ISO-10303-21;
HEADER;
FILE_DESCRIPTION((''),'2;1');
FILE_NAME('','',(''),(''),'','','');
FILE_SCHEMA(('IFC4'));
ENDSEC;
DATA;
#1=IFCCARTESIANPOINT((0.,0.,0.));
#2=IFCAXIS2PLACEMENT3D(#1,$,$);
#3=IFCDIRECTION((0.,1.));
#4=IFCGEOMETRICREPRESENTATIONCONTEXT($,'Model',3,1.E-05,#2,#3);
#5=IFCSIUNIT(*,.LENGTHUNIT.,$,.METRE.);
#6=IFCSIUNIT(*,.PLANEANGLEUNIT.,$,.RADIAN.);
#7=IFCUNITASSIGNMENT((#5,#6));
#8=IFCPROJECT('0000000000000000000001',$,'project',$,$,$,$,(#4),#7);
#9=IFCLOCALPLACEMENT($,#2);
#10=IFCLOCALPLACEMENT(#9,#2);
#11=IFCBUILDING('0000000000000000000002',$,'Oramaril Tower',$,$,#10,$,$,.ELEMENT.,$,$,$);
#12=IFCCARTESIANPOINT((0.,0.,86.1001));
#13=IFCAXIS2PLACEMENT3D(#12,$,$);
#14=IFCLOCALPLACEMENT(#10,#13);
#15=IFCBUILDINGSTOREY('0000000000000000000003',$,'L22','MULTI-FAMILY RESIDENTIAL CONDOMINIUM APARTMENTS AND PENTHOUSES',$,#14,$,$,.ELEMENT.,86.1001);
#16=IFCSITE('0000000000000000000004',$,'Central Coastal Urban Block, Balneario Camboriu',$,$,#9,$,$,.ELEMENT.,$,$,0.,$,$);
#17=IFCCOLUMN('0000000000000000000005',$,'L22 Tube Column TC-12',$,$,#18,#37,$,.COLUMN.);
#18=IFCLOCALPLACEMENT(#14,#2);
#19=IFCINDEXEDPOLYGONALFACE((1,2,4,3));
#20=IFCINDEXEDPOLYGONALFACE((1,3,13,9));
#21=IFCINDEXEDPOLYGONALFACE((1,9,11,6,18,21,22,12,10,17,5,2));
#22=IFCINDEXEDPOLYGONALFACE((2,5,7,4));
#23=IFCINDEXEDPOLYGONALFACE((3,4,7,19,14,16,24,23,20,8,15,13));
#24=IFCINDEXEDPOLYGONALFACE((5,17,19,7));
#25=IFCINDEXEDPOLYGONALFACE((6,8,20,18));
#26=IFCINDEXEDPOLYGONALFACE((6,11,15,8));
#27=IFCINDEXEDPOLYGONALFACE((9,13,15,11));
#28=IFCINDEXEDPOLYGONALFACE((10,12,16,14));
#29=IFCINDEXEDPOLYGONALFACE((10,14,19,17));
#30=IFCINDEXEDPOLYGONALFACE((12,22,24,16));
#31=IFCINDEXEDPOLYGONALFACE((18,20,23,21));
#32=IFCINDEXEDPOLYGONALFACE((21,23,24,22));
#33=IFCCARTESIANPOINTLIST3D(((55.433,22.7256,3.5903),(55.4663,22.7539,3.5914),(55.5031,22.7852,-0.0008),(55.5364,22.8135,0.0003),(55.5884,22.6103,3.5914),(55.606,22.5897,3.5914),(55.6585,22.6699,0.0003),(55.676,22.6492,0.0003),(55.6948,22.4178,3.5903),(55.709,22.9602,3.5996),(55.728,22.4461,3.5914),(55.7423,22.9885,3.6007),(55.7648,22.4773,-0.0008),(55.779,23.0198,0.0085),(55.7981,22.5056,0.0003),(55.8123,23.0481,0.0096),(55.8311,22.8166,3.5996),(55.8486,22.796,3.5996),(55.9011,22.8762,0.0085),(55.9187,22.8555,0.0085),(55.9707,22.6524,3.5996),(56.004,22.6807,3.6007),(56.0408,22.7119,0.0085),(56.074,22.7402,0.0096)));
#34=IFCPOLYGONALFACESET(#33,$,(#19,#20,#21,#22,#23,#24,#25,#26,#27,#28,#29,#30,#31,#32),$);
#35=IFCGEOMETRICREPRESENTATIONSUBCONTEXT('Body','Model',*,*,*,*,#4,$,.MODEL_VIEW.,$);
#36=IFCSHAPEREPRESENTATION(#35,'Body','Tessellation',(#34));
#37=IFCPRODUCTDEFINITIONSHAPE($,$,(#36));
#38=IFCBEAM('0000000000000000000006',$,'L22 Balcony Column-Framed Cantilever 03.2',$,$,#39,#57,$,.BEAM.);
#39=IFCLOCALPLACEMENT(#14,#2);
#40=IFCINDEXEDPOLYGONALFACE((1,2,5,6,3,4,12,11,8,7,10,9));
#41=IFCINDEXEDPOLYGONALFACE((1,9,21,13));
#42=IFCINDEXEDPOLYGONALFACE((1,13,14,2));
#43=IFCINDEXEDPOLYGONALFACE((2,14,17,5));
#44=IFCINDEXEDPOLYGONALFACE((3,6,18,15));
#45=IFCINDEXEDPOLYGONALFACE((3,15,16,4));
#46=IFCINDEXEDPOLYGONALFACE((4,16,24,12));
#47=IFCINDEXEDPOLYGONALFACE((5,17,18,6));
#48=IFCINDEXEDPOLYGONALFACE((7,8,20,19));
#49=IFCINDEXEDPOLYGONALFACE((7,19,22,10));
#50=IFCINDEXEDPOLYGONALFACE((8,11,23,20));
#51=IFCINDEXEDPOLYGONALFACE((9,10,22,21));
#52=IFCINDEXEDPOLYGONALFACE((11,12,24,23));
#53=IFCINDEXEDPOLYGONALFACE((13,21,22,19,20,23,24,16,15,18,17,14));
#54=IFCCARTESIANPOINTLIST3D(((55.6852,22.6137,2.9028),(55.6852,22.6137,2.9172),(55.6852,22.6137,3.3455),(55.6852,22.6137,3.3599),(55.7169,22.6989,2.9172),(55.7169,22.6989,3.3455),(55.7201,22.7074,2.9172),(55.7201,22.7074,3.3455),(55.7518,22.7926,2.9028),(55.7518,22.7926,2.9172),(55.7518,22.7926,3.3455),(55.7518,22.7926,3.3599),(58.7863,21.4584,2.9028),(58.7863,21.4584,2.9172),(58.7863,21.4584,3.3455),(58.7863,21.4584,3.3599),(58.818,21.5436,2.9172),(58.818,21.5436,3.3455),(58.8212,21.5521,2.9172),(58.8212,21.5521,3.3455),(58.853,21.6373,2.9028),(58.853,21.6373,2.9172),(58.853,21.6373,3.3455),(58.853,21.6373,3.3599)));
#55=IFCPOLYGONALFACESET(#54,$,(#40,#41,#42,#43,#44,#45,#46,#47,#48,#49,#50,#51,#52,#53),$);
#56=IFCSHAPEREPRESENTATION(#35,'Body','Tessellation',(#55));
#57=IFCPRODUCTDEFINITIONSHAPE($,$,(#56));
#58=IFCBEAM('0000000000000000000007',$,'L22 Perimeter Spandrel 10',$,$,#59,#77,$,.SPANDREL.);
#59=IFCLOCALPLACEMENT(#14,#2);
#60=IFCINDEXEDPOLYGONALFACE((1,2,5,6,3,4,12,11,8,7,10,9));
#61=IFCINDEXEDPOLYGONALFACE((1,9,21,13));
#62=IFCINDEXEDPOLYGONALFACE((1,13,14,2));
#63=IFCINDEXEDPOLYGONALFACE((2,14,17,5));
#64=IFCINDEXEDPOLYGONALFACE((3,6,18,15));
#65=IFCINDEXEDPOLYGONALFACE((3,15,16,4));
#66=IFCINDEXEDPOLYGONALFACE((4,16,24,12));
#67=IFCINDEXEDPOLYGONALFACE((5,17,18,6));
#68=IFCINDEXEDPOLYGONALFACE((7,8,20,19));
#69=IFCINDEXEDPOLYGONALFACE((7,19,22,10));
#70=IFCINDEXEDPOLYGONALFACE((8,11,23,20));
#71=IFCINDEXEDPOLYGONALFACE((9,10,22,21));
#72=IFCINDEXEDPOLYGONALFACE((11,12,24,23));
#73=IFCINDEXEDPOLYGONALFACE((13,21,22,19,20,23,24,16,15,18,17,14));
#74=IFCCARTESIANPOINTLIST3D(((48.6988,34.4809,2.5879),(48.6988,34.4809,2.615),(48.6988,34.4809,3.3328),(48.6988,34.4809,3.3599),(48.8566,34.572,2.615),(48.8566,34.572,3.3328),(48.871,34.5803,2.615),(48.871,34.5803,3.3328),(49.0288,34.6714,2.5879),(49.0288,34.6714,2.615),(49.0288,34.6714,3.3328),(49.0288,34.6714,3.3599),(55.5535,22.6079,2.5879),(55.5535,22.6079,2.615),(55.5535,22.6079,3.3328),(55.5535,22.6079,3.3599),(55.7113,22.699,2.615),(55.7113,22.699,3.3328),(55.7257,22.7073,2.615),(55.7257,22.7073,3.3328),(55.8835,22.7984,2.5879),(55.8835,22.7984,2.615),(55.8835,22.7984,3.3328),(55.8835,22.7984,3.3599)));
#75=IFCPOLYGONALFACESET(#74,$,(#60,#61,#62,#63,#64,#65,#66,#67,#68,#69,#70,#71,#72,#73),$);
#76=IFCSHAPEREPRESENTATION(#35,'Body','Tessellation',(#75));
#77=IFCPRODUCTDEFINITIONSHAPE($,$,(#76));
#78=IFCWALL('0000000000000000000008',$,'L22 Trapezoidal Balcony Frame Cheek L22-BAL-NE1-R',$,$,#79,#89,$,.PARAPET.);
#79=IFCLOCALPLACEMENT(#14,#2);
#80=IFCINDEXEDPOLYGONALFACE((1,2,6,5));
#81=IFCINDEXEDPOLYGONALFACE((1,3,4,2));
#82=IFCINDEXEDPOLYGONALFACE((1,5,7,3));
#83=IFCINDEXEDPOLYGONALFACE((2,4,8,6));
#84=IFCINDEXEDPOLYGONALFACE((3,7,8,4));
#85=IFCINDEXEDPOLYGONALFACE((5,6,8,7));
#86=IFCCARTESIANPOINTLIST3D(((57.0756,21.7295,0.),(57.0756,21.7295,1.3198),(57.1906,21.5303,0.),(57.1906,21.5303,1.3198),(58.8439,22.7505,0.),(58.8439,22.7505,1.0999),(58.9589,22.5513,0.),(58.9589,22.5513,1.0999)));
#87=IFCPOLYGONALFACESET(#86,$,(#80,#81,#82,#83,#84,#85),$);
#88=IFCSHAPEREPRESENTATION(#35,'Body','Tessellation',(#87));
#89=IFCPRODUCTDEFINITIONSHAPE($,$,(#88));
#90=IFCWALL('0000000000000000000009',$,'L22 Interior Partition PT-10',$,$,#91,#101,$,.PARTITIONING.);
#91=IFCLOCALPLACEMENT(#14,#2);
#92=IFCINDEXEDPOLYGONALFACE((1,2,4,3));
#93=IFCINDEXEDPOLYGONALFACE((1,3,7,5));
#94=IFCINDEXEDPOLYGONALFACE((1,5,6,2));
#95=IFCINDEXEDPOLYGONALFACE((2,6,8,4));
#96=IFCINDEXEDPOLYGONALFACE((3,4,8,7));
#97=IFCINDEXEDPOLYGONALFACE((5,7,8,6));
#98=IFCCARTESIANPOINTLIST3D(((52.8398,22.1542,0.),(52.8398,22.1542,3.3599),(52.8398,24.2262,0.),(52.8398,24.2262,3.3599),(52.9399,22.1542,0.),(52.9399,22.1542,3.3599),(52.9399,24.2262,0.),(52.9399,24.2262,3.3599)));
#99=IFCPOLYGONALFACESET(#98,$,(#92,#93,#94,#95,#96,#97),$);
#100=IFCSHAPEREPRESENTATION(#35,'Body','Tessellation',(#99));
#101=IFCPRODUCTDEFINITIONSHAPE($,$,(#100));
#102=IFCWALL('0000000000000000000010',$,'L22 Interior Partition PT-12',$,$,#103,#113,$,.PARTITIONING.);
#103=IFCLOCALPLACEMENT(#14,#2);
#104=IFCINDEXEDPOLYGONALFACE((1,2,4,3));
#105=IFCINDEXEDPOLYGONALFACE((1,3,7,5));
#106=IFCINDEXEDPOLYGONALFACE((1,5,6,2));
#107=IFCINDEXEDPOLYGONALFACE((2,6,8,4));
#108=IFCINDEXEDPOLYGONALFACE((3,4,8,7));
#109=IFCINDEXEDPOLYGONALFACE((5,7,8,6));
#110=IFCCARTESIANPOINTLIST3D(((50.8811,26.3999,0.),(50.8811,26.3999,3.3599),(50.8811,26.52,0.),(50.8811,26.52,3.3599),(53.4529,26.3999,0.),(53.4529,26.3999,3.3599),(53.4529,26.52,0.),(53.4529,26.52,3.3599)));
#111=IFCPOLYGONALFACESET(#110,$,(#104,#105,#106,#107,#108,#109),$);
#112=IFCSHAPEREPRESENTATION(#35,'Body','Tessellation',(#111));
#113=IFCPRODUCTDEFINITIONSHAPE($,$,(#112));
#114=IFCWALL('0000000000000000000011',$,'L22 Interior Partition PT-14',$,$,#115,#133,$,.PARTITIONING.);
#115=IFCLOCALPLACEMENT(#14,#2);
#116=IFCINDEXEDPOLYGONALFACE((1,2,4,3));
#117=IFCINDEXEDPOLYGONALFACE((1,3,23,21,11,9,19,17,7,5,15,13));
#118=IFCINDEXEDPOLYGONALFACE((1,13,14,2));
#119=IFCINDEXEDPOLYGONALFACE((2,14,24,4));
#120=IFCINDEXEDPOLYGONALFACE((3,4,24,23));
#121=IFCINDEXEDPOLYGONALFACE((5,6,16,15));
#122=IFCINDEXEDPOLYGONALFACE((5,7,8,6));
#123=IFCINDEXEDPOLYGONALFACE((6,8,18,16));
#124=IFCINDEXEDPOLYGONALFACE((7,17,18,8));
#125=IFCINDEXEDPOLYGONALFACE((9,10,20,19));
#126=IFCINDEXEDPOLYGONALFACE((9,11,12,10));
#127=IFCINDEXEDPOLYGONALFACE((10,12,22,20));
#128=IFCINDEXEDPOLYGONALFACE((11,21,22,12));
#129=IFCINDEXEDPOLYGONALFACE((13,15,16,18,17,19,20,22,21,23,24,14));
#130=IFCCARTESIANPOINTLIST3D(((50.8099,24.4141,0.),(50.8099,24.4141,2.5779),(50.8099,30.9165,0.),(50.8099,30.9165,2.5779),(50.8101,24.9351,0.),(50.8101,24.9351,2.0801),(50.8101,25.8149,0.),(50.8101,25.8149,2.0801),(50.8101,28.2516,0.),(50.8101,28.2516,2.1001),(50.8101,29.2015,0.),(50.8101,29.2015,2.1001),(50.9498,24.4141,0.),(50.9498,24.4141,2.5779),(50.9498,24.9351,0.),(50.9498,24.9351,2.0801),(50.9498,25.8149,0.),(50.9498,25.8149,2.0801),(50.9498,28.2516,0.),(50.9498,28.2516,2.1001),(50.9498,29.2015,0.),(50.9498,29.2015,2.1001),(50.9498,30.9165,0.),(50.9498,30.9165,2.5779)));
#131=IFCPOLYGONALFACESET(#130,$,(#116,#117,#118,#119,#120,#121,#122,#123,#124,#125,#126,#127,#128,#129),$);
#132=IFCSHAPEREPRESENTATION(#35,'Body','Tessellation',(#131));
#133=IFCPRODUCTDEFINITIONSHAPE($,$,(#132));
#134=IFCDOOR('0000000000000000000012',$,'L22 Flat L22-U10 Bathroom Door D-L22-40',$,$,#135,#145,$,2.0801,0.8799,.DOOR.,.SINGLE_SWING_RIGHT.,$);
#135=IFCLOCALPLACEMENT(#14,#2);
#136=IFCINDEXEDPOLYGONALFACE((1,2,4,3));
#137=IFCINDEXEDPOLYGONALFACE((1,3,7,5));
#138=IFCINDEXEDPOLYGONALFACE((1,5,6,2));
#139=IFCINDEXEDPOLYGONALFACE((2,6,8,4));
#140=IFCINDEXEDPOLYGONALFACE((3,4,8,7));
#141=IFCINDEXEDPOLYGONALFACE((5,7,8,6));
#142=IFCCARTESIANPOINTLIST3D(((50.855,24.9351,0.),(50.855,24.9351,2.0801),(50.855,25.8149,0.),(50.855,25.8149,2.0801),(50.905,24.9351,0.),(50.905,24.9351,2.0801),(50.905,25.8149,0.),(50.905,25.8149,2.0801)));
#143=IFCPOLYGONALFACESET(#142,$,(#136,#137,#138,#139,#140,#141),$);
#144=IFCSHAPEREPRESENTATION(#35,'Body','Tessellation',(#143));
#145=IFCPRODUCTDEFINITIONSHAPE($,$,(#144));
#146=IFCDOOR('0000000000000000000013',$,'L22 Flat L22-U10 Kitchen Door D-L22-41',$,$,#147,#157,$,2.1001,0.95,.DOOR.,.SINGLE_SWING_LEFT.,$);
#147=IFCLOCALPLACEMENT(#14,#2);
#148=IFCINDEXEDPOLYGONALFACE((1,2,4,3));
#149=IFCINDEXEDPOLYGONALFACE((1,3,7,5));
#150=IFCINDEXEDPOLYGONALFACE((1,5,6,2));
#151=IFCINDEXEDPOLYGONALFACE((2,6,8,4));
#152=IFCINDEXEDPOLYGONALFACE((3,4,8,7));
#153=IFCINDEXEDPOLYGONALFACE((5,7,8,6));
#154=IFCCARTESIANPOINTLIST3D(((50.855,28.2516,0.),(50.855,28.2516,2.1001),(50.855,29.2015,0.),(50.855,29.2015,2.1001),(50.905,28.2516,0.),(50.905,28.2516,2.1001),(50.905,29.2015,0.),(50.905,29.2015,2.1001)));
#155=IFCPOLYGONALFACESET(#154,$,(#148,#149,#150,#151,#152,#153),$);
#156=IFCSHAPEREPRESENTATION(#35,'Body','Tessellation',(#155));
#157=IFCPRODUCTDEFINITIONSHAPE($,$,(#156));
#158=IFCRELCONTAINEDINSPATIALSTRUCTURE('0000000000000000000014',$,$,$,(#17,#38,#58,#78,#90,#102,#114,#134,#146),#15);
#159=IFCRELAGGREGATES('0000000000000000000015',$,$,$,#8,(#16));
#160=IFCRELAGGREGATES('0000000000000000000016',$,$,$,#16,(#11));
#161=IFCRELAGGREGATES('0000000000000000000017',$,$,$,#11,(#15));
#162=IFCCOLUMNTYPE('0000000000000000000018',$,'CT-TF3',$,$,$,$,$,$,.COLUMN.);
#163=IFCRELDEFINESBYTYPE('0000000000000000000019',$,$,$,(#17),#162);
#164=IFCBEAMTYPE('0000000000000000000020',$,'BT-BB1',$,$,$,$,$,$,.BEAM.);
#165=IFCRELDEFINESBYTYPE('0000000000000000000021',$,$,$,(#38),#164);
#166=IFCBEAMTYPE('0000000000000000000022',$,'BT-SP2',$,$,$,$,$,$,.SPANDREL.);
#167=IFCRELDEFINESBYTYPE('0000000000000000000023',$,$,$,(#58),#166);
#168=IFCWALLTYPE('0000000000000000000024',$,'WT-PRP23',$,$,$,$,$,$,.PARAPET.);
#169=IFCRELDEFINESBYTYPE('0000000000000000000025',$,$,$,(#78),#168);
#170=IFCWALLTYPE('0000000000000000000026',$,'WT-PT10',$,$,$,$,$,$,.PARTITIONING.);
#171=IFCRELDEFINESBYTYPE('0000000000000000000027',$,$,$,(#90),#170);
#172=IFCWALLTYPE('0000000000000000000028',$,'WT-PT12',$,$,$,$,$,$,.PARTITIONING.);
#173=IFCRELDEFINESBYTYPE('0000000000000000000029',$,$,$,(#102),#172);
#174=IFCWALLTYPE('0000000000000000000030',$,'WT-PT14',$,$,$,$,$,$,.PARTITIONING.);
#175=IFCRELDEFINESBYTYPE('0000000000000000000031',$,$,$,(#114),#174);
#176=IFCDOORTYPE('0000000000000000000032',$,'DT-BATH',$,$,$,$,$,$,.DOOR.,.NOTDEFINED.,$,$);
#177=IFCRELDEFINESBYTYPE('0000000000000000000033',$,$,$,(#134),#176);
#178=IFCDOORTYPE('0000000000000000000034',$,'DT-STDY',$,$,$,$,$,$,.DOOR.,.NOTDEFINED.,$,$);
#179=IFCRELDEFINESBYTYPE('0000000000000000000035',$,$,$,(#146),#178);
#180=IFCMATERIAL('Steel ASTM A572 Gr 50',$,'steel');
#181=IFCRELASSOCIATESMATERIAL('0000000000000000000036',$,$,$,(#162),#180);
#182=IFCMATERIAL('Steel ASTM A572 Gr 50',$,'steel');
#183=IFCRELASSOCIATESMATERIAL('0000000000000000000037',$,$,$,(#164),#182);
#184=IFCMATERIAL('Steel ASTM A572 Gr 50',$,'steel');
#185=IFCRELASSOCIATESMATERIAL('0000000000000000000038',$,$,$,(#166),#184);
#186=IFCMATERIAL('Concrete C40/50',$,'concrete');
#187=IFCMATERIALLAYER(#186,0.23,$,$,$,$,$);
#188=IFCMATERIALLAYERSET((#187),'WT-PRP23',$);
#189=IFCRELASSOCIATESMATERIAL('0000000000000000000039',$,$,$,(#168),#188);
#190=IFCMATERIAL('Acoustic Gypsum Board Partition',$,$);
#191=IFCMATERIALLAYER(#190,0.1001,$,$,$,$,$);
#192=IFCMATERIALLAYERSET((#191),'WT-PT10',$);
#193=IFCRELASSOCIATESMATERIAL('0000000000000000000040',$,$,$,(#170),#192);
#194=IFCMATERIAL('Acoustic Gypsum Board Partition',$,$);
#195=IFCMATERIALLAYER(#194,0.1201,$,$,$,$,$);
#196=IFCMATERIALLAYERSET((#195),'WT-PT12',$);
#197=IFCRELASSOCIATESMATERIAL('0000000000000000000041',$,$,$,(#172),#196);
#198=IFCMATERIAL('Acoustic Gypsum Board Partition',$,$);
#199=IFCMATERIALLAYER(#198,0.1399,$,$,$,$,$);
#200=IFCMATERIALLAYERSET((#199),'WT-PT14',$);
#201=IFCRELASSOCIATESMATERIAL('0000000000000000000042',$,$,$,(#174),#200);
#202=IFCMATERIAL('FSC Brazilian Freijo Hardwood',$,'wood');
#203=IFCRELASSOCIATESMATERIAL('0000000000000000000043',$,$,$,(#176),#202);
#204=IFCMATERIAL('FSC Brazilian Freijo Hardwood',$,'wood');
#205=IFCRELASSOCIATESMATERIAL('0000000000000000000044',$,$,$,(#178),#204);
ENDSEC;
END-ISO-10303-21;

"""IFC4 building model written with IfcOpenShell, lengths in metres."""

from ifc_helpers import new_model, si_unit, direction, frame, frame_2d, origin, origin_2d, place, context, subcontext, project, spatial, polyline, rectangle, i_section, outline, extrude, material, layer, layer_set, material_profile, profile_set, type_object, element, fill, save


model = new_model("IFC4")

# Units and contexts
model_context = context("Model", 3, precision=1e-05, world=origin(), true_north=direction((0.0, 1.0)))
body_context = subcontext(model_context, "Body", "Model", "MODEL_VIEW")
ifc_project = project(units=[si_unit("LENGTHUNIT", "METRE"), si_unit("PLANEANGLEUNIT", "RADIAN")], contexts=[model_context])

# Site, building, storey
site_placement = place(None, origin())
site = spatial("IfcSite", under=ifc_project, at=site_placement, Name="Central Coastal Urban Block, Balneario Camboriu", CompositionType="ELEMENT", RefElevation=0.0)
building_placement = place(site_placement, origin())
building = spatial("IfcBuilding", under=site, at=building_placement, Name="Oramaril Tower", CompositionType="ELEMENT")
storey_placement = place(building_placement, frame((0.0, 0.0, 86.1001)))
storey = spatial("IfcBuildingStorey", under=building, at=storey_placement, Name="L22", Description="MULTI-FAMILY RESIDENTIAL CONDOMINIUM APARTMENTS AND PENTHOUSES", CompositionType="ELEMENT", Elevation=86.1001)

# Column
ifc_material_1 = material(Name="Steel ASTM A572 Gr 50", Category="steel")
ifc_material_profile_1 = material_profile(ifc_material_1, i_section(OverallWidth=0.4041, OverallDepth=0.406, WebThickness=0.0271, FlangeThickness=0.0437, at=origin_2d()), Name="W14X233")
ifc_profile_set_1 = profile_set([ifc_material_profile_1], Name="Steel ASTM A572 Gr 50")
column_type = type_object("IfcColumnType", Name="CT-TF3", PredefinedType="COLUMN", material=ifc_profile_set_1)
column_placement = place(storey_placement, frame((55.7886, 22.7627, 0.0044), z_axis=(-0.019505, -0.016583, 0.999672), x_axis=(0.647725, -0.761874, 0.0)))
element("IfcColumn", 1, at=column_placement, inside=storey, type_object=column_type, Name="L22 Tube Column TC-12", PredefinedType="COLUMN", context=body_context, shape_type="SweptSolid", body=[
    extrude(i_section(OverallWidth=0.4041, OverallDepth=0.406, WebThickness=0.0271, FlangeThickness=0.0437, at=origin_2d()), origin(), (0.0, 0.0, 1.0), 3.5923),
])

# Beams
ifc_material_2 = material(Name="Steel ASTM A572 Gr 50", Category="steel")
ifc_material_profile_2 = material_profile(ifc_material_2, i_section(OverallWidth=0.1909, OverallDepth=0.457, WebThickness=0.009, FlangeThickness=0.0144, at=origin_2d()), Name="W18X50")
ifc_profile_set_2 = profile_set([ifc_material_profile_2], Name="Steel ASTM A572 Gr 50")
beam_type_1 = type_object("IfcBeamType", Name="BT-BB1", PredefinedType="BEAM", material=ifc_profile_set_2)
beam_1_placement = place(storey_placement, frame((55.7185, 22.7031, 3.1313), z_axis=(0.937085, -0.349101, 0.0), x_axis=(0.349101, 0.937085, 0.0)))
element("IfcBeam", 2, at=beam_1_placement, inside=storey, type_object=beam_type_1, Name="L22 Balcony Column-Framed Cantilever 03.2", PredefinedType="BEAM", context=body_context, shape_type="SweptSolid", body=[
    extrude(i_section(OverallWidth=0.1909, OverallDepth=0.457, WebThickness=0.009, FlangeThickness=0.0144, at=origin_2d()), origin(), (0.0, 0.0, 1.0), 3.3093),
])
ifc_material_3 = material(Name="Steel ASTM A572 Gr 50", Category="steel")
ifc_material_profile_3 = material_profile(ifc_material_3, i_section(OverallWidth=0.3811, OverallDepth=0.772, WebThickness=0.0166, FlangeThickness=0.0271, at=origin_2d()), Name="W30X173")
ifc_profile_set_3 = profile_set([ifc_material_profile_3], Name="Steel ASTM A572 Gr 50")
beam_type_2 = type_object("IfcBeamType", Name="BT-SP2", PredefinedType="SPANDREL", material=ifc_profile_set_3)
beam_2_placement = place(storey_placement, frame((55.7185, 22.7031, 2.9739), z_axis=(-0.499991, 0.866031, 0.0), x_axis=(-0.866031, -0.499991, 0.0)))
element("IfcBeam", 3, at=beam_2_placement, inside=storey, type_object=beam_type_2, Name="L22 Perimeter Spandrel 10", PredefinedType="SPANDREL", context=body_context, shape_type="SweptSolid", body=[
    extrude(i_section(OverallWidth=0.3811, OverallDepth=0.772, WebThickness=0.0166, FlangeThickness=0.0271, at=origin_2d()), origin(), (0.0, 0.0, 1.0), 13.7097),
])

# Walls
ifc_material_4 = material(Name="Concrete C40/50", Category="concrete")
ifc_layer_1 = layer(ifc_material_4, 0.23)
ifc_layer_set_1 = layer_set([ifc_layer_1], Name="WT-PRP23")
wall_type_1 = type_object("IfcWallType", Name="WT-PRP23", PredefinedType="PARAPET", material=ifc_layer_set_1)
wall_1_placement = place(storey_placement, frame((57.1331, 21.6299, 0.0), z_axis=(0.0, 0.0, 1.0), x_axis=(0.866012, 0.500023, 0.0)))
element("IfcWall", 4, at=wall_1_placement, inside=storey, type_object=wall_type_1, Name="L22 Trapezoidal Balcony Frame Cheek L22-BAL-NE1-R", PredefinedType="PARAPET", context=body_context, shape_type="SweptSolid", body=[
    extrude(outline(polyline([(0.0, 0.0), (2.042, 0.0), (2.042, 1.0999), (0.0, 1.3198), (0.0, 0.0)])), frame((0.0, 0.115, 0.0), z_axis=(0.0, -1.0, 0.0), x_axis=(1.0, 0.0, 0.0)), (0.0, 0.0, 1.0), 0.23),
])
ifc_material_5 = material(Name="Acoustic Gypsum Board Partition")
ifc_layer_2 = layer(ifc_material_5, 0.1001)
ifc_layer_set_2 = layer_set([ifc_layer_2], Name="WT-PT10")
wall_type_2 = type_object("IfcWallType", Name="WT-PT10", PredefinedType="PARTITIONING", material=ifc_layer_set_2)
wall_2_placement = place(storey_placement, frame((52.8899, 22.1541, 0.0), z_axis=(0.0, 0.0, 1.0), x_axis=(0.0, 1.0, 0.0)))
element("IfcWall", 5, at=wall_2_placement, inside=storey, type_object=wall_type_2, Name="L22 Interior Partition PT-10", PredefinedType="PARTITIONING", context=body_context, shape_type="SweptSolid", body=[
    extrude(rectangle(XDim=2.072, YDim=0.1001, at=frame_2d((1.0361, 0.0))), origin(), (0.0, 0.0, 1.0), 3.3599),
])
ifc_material_6 = material(Name="Acoustic Gypsum Board Partition")
ifc_layer_3 = layer(ifc_material_6, 0.1201)
ifc_layer_set_3 = layer_set([ifc_layer_3], Name="WT-PT12")
wall_type_3 = type_object("IfcWallType", Name="WT-PT12", PredefinedType="PARTITIONING", material=ifc_layer_set_3)
wall_3_placement = place(storey_placement, frame((50.8811, 26.46, 0.0), z_axis=(0.0, 0.0, 1.0), x_axis=(1.0, 0.0, 0.0)))
element("IfcWall", 6, at=wall_3_placement, inside=storey, type_object=wall_type_3, Name="L22 Interior Partition PT-12", PredefinedType="PARTITIONING", context=body_context, shape_type="SweptSolid", body=[
    extrude(rectangle(XDim=2.5718, YDim=0.1201, at=frame_2d((1.2859, 0.0))), origin(), (0.0, 0.0, 1.0), 3.3599),
])

# Wall, openings, doors
ifc_material_7 = material(Name="Acoustic Gypsum Board Partition")
ifc_layer_4 = layer(ifc_material_7, 0.1399)
ifc_layer_set_4 = layer_set([ifc_layer_4], Name="WT-PT14")
wall_type_4 = type_object("IfcWallType", Name="WT-PT14", PredefinedType="PARTITIONING", material=ifc_layer_set_4)
wall_4_placement = place(storey_placement, frame((50.8799, 24.4141, 0.0), z_axis=(0.0, 0.0, 1.0), x_axis=(0.0, 1.0, 0.0)))
wall_4 = element("IfcWall", 7, at=wall_4_placement, inside=storey, type_object=wall_type_4, Name="L22 Interior Partition PT-14", PredefinedType="PARTITIONING", context=body_context, shape_type="SweptSolid", body=[
    extrude(rectangle(XDim=6.5024, YDim=0.1399, at=frame_2d((3.2512, 0.0))), origin(), (0.0, 0.0, 1.0), 2.5779),
])
opening_1_placement = place(wall_4_placement, frame((0.521, 0.0, 0.0)))
opening_1 = element("IfcOpeningElement", 8, at=opening_1_placement, cuts=wall_4, PredefinedType="OPENING", context=body_context, shape_type="SweptSolid", body=[
    extrude(rectangle(XDim=0.8799, YDim=2.0801, at=frame_2d((0.4399, 1.04))), frame((0.0, 0.0698, 0.0), z_axis=(0.0, -1.0, 0.0), x_axis=(1.0, 0.0, 0.0)), (0.0, 0.0, 1.0), 0.1399),
])
opening_2_placement = place(wall_4_placement, frame((3.8374, 0.0, 0.0)))
opening_2 = element("IfcOpeningElement", 9, at=opening_2_placement, cuts=wall_4, PredefinedType="OPENING", context=body_context, shape_type="SweptSolid", body=[
    extrude(rectangle(XDim=0.95, YDim=2.1001, at=frame_2d((0.4751, 1.05))), frame((0.0, 0.0698, 0.0), z_axis=(0.0, -1.0, 0.0), x_axis=(1.0, 0.0, 0.0)), (0.0, 0.0, 1.0), 0.1399),
])
ifc_material_8 = material(Name="FSC Brazilian Freijo Hardwood", Category="wood")
door_type_1 = type_object("IfcDoorType", Name="DT-BATH", OperationType="NOTDEFINED", PredefinedType="DOOR", material=ifc_material_8)
door_1_placement = place(opening_1_placement, origin())
door_1 = element("IfcDoor", 10, at=door_1_placement, inside=storey, type_object=door_type_1, Name="L22 Flat L22-U10 Bathroom Door D-L22-40", OperationType="SINGLE_SWING_RIGHT", OverallHeight=2.0801, OverallWidth=0.8799, PredefinedType="DOOR", context=body_context, shape_type="SweptSolid", body=[
    extrude(rectangle(XDim=0.8799, YDim=2.0801, at=frame_2d((0.4399, 1.04))), frame((0.0, 0.0249, 0.0), z_axis=(0.0, -1.0, 0.0), x_axis=(1.0, 0.0, 0.0)), (0.0, 0.0, 1.0), 0.05),
])
fill(opening_1, door_1)
ifc_material_9 = material(Name="FSC Brazilian Freijo Hardwood", Category="wood")
door_type_2 = type_object("IfcDoorType", Name="DT-STDY", OperationType="NOTDEFINED", PredefinedType="DOOR", material=ifc_material_9)
door_2_placement = place(opening_2_placement, origin())
door_2 = element("IfcDoor", 11, at=door_2_placement, inside=storey, type_object=door_type_2, Name="L22 Flat L22-U10 Kitchen Door D-L22-41", OperationType="SINGLE_SWING_LEFT", OverallHeight=2.1001, OverallWidth=0.95, PredefinedType="DOOR", context=body_context, shape_type="SweptSolid", body=[
    extrude(rectangle(XDim=0.95, YDim=2.1001, at=frame_2d((0.4751, 1.05))), frame((0.0, 0.0249, 0.0), z_axis=(0.0, -1.0, 0.0), x_axis=(1.0, 0.0, 0.0)), (0.0, 0.0, 1.0), 0.05),
])
fill(opening_2, door_2)

save(model, "model.ifc")
